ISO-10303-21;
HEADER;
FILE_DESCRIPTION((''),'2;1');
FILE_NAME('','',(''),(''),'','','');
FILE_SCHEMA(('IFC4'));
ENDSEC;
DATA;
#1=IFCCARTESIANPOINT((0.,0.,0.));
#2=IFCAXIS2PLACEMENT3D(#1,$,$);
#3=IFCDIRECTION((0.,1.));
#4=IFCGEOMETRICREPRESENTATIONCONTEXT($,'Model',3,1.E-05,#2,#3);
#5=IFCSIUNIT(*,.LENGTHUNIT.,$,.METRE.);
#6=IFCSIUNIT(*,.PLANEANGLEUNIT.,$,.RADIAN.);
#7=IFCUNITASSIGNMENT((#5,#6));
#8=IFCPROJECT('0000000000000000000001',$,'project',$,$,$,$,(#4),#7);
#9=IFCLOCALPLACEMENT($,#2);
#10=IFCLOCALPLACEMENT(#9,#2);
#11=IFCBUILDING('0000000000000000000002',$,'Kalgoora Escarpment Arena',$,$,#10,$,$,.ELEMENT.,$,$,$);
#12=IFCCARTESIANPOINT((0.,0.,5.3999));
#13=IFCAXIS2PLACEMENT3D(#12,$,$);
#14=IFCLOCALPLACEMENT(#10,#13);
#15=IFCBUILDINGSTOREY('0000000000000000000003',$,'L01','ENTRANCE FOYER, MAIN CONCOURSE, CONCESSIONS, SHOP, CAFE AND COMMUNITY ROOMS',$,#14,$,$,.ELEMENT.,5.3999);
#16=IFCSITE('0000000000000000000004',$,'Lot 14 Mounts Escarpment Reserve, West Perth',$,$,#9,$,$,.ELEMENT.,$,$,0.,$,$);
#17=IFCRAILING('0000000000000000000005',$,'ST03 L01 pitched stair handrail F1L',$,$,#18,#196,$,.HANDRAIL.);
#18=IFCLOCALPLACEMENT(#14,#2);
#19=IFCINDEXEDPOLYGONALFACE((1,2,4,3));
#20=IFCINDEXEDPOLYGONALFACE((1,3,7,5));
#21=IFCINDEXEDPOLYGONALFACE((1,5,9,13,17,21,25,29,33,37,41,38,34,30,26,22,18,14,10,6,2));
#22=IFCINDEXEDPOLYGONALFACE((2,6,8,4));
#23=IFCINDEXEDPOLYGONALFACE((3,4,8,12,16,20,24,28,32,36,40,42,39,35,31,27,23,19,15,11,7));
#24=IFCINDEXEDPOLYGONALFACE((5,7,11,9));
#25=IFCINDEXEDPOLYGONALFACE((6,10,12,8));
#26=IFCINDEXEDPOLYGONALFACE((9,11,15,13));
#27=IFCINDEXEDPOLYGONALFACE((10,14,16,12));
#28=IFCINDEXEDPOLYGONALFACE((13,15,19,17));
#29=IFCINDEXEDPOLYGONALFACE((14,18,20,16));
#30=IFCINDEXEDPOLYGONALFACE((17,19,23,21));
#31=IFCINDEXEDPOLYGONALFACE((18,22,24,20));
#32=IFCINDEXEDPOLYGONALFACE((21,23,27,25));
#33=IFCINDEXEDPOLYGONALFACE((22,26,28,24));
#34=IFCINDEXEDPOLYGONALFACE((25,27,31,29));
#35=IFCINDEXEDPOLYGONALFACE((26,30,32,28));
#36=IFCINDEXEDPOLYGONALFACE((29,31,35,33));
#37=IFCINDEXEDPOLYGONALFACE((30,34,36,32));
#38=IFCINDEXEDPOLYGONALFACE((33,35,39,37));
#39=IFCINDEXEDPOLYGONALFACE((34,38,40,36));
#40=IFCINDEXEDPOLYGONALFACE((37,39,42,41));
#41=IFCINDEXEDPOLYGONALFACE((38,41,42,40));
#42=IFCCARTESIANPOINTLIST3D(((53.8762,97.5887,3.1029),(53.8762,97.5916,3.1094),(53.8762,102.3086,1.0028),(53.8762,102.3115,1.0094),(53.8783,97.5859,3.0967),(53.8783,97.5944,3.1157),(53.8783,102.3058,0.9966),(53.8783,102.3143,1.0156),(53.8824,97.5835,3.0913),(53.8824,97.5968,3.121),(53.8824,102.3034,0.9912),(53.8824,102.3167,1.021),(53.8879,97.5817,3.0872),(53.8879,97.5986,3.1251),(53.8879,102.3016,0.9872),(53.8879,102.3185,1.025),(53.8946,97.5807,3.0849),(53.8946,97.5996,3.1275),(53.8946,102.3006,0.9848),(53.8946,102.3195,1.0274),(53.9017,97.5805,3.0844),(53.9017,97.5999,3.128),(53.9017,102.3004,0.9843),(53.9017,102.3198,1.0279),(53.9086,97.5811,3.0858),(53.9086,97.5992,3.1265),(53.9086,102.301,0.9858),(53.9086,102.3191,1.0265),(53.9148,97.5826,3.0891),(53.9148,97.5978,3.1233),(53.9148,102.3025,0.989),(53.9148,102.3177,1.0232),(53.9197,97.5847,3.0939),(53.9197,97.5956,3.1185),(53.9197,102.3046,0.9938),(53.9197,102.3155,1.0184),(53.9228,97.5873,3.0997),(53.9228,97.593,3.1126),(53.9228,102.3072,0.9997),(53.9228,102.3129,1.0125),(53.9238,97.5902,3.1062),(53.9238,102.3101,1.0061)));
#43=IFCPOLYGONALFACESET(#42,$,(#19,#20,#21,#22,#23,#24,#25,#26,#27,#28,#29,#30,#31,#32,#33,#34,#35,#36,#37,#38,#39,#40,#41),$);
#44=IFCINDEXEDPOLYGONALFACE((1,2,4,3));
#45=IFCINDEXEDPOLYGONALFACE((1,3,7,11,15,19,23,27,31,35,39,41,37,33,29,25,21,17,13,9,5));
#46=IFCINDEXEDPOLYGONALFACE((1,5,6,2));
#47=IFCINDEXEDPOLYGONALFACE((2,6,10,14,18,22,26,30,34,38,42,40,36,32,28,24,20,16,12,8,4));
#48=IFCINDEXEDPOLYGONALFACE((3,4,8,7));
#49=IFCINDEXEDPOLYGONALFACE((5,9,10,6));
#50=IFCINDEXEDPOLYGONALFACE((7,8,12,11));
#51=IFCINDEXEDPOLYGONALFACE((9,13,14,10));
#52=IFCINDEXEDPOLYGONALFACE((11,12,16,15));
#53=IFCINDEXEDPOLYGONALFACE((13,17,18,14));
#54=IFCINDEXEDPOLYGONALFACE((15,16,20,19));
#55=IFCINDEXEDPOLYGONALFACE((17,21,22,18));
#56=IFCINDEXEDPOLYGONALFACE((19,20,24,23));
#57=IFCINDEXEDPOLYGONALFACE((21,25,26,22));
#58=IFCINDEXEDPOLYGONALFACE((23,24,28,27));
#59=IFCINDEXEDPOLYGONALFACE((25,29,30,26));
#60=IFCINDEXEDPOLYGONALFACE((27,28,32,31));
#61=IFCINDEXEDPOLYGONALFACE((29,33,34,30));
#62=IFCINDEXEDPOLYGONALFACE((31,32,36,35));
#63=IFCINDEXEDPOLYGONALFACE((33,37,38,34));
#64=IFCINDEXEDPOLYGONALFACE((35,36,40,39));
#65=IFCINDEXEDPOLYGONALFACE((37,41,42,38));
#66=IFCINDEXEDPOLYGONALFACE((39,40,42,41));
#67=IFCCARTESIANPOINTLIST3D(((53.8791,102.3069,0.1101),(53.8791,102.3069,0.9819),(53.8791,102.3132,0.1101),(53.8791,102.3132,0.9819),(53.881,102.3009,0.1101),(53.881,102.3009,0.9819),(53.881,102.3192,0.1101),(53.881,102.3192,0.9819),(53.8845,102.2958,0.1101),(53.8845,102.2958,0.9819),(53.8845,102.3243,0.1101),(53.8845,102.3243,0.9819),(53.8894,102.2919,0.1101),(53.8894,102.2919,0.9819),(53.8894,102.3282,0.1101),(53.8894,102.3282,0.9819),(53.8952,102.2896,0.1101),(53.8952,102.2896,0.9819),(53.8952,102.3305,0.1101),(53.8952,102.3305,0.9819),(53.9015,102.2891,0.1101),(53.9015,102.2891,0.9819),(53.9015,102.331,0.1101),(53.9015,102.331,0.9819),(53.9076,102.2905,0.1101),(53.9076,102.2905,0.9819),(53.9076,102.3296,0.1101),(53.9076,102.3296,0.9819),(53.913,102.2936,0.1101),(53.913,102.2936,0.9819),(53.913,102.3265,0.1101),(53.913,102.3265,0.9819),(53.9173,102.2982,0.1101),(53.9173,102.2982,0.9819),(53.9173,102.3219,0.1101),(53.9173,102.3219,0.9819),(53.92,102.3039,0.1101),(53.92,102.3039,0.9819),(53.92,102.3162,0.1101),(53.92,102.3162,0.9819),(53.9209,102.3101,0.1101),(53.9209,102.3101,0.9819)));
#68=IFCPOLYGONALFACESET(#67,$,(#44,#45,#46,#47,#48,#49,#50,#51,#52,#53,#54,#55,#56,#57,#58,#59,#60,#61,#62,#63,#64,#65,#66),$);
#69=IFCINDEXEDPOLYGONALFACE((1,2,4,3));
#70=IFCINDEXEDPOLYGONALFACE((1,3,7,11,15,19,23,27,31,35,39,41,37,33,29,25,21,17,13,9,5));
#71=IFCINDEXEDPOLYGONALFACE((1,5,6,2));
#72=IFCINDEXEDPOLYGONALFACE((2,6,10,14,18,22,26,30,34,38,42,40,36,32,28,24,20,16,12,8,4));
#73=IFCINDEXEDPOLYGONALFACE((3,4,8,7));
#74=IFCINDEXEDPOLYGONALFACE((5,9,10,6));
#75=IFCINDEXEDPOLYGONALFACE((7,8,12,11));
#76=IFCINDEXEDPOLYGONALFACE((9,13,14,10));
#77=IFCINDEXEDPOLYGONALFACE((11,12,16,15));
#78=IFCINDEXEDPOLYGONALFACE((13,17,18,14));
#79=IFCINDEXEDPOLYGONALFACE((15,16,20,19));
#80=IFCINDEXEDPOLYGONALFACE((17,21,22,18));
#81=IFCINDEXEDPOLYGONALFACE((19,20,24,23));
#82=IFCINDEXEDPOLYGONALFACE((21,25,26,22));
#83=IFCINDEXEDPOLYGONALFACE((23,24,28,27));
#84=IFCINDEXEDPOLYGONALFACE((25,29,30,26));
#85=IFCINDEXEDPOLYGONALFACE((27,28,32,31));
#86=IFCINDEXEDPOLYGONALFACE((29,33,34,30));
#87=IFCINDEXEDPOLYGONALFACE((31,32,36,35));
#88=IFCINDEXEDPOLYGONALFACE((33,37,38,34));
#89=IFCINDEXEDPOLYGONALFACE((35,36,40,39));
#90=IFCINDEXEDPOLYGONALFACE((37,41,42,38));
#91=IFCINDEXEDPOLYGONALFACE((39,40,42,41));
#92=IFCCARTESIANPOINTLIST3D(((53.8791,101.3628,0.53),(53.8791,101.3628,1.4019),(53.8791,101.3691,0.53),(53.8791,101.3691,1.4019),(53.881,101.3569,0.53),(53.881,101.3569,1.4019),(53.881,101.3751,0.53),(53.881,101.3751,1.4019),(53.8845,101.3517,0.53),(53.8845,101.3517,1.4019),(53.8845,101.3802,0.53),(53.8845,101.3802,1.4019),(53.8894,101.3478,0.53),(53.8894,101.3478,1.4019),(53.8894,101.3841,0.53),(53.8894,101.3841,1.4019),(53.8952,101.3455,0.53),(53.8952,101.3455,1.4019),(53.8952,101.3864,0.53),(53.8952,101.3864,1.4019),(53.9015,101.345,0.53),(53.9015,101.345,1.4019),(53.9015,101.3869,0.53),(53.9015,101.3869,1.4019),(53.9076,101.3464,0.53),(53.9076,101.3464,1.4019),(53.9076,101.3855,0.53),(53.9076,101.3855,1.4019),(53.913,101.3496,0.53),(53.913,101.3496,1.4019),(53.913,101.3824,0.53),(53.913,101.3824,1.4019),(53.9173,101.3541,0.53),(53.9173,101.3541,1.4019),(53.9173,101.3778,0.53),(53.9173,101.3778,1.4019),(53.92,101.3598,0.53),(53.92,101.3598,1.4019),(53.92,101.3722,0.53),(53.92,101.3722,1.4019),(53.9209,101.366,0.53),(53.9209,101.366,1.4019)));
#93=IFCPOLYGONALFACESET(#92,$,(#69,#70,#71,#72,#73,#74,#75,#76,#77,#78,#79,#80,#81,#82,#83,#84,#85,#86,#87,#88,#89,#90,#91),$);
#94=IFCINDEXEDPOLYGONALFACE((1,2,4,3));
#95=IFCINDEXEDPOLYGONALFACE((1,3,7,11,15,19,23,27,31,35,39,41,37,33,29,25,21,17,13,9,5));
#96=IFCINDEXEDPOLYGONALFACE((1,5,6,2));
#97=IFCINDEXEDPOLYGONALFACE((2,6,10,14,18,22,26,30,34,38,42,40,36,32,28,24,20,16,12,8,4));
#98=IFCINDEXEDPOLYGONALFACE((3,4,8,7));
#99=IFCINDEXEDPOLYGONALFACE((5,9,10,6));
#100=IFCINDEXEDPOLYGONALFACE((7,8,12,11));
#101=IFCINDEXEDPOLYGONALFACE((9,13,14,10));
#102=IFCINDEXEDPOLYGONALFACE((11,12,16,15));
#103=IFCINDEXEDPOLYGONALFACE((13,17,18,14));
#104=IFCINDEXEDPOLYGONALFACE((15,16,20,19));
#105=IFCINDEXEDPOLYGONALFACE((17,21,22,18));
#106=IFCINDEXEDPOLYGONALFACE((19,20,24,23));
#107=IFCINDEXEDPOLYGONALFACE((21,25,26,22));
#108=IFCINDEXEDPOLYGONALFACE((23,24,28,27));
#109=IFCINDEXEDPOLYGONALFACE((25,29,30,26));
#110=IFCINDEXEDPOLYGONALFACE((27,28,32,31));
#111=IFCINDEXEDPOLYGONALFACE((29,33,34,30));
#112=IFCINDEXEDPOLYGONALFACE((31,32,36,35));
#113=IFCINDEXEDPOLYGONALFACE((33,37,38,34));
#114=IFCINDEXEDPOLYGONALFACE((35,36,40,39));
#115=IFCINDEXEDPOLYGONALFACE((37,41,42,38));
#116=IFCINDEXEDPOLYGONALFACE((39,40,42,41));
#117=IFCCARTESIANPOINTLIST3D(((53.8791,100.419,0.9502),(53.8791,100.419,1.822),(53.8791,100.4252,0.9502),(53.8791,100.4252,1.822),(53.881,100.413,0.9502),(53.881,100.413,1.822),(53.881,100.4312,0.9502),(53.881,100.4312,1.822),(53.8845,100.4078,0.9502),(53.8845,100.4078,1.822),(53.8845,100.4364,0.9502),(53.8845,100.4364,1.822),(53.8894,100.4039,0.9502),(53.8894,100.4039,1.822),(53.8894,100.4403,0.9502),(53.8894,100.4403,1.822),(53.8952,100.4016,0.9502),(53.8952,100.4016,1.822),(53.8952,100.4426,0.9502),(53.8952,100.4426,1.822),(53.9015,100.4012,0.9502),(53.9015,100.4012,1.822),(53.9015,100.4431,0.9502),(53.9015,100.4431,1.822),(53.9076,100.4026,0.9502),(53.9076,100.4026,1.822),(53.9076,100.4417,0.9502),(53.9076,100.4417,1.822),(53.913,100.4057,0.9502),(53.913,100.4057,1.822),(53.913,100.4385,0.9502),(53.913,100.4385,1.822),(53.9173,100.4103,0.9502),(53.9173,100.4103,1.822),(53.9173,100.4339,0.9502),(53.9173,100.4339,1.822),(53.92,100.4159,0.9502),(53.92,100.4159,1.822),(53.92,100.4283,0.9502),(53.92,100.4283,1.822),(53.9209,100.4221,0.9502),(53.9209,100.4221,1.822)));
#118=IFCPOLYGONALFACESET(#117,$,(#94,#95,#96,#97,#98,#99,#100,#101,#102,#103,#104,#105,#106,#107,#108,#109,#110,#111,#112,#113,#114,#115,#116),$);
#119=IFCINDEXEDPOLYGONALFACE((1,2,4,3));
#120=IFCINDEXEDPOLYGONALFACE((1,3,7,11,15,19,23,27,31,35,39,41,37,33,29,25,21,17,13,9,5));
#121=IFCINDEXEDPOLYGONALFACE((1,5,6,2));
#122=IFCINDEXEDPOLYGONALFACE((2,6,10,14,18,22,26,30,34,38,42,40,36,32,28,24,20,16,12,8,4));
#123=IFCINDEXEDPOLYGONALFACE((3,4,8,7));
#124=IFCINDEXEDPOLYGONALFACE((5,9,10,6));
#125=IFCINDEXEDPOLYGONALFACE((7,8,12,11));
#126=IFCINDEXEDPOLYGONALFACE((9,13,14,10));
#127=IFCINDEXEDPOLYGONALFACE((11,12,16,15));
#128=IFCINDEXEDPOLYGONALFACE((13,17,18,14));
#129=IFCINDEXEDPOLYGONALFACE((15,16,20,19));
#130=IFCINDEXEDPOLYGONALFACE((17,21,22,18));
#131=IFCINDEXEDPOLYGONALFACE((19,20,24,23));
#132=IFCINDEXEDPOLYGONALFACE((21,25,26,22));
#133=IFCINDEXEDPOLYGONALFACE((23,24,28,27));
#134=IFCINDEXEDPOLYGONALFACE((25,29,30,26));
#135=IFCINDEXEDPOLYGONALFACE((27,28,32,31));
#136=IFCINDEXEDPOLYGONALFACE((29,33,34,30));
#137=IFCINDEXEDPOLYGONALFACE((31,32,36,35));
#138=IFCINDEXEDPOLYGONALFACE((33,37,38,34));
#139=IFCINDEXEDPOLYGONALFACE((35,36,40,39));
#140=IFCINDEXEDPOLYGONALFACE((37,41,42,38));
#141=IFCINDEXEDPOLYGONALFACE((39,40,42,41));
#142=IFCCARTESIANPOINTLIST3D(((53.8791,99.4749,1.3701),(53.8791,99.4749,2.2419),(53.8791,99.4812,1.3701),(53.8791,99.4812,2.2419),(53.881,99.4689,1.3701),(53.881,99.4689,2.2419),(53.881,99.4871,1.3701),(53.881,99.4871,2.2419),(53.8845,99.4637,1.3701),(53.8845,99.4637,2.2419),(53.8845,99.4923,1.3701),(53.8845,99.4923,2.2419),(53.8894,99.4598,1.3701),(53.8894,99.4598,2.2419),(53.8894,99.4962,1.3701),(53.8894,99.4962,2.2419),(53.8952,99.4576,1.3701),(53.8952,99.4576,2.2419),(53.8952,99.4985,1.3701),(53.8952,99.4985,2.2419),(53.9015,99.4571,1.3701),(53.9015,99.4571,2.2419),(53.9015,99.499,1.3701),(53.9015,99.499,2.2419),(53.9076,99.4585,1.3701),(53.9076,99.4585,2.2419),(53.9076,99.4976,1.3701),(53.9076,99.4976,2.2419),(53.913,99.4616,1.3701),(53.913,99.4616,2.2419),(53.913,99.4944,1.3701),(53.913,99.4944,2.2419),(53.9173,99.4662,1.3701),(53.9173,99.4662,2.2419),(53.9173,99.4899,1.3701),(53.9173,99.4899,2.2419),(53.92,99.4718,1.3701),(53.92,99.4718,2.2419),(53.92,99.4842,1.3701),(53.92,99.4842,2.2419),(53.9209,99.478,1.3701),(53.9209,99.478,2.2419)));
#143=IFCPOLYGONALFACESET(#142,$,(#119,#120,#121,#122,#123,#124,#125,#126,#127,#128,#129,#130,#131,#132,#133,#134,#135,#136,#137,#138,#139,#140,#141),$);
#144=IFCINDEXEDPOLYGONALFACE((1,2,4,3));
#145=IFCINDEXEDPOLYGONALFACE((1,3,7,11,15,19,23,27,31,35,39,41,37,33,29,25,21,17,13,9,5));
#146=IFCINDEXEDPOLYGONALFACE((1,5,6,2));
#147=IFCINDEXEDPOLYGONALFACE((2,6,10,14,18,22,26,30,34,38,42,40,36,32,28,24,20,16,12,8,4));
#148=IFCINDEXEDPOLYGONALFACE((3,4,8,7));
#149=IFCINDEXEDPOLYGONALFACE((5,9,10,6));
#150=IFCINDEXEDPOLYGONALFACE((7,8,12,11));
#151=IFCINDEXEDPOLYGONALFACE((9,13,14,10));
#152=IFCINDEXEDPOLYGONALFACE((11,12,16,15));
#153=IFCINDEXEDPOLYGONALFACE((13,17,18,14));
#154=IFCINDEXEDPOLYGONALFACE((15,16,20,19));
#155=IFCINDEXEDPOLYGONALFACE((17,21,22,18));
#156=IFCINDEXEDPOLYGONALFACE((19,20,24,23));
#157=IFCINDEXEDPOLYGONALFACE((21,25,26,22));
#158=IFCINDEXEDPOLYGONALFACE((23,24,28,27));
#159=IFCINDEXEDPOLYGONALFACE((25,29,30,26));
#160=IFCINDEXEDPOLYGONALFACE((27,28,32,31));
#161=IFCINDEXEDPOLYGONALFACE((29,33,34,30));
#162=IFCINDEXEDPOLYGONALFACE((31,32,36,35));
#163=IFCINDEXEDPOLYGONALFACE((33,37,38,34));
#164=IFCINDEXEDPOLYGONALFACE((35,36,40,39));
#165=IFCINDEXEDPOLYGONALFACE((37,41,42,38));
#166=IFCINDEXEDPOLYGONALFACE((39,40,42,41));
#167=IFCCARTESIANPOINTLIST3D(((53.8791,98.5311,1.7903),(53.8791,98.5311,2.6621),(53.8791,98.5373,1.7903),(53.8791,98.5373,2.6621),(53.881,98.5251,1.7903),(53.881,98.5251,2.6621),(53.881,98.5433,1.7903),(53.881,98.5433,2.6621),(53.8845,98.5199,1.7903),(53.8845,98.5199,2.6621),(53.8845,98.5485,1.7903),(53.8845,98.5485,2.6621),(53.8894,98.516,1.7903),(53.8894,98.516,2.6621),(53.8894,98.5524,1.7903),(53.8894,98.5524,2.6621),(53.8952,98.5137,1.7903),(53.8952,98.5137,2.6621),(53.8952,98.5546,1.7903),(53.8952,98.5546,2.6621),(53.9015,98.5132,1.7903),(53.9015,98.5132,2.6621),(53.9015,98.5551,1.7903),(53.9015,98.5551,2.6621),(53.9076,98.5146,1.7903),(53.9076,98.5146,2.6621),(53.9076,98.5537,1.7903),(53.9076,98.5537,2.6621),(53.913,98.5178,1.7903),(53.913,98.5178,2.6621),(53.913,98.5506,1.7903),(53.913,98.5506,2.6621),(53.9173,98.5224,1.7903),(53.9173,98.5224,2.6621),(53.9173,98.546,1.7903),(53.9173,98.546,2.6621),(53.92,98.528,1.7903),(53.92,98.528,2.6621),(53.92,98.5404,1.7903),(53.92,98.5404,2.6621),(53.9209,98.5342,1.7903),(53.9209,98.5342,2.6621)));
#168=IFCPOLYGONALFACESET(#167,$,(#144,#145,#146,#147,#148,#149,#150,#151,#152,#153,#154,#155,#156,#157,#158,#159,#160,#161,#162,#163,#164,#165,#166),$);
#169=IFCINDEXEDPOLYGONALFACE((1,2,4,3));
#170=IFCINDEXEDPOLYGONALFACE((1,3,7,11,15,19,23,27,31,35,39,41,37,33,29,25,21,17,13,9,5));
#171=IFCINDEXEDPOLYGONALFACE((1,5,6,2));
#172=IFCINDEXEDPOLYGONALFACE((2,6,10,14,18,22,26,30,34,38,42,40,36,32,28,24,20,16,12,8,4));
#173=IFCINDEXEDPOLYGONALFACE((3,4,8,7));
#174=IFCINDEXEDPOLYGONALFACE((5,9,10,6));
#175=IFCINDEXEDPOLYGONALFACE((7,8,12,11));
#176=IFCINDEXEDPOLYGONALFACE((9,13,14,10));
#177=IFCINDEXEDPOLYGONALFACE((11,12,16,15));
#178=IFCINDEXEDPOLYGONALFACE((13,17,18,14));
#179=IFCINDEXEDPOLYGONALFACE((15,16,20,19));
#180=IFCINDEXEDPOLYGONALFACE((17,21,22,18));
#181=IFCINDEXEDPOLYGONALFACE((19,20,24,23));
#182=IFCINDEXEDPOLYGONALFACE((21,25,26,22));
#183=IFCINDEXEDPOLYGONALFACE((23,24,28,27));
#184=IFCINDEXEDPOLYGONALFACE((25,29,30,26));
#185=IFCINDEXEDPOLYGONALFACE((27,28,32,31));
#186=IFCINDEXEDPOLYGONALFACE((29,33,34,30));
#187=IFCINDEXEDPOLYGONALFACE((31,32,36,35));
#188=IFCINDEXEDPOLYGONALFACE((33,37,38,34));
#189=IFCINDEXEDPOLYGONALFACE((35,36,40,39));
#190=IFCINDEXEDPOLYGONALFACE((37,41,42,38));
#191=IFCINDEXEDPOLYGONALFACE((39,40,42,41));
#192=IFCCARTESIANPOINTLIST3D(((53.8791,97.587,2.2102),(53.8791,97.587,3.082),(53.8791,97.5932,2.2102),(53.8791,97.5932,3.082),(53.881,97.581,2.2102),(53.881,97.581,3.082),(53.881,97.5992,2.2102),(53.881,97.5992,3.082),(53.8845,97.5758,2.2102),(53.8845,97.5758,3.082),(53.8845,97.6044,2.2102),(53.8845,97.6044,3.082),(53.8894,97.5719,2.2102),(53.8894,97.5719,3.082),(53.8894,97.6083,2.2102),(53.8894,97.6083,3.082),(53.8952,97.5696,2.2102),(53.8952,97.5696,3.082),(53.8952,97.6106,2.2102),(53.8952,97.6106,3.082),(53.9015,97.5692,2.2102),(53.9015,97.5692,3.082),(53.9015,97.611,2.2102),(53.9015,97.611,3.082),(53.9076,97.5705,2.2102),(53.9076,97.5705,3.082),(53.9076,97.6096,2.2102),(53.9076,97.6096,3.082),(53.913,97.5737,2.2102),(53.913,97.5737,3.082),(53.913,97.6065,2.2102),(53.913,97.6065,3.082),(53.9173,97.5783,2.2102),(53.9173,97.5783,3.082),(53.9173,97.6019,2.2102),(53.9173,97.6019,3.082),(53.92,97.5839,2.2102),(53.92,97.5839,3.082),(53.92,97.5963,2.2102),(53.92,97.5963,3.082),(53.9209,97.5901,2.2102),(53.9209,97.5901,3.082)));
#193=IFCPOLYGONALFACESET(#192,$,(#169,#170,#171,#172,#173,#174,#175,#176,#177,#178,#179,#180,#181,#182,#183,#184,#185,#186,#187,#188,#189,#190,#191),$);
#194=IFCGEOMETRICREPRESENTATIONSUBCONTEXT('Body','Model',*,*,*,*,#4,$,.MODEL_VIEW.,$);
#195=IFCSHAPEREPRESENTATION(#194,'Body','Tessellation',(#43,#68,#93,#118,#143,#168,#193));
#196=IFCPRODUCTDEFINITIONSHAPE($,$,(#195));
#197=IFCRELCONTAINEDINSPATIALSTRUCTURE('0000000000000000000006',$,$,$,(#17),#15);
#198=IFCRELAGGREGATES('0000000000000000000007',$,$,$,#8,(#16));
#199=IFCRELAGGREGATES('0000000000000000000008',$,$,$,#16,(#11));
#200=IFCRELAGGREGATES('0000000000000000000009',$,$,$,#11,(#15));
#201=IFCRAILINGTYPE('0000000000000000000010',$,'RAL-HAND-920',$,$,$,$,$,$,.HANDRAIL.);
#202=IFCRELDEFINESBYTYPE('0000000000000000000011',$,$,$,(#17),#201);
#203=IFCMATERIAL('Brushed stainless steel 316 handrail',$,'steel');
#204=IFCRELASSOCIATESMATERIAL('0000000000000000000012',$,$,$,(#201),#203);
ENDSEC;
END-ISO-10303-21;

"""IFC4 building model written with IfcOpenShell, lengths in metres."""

from ifc_helpers import new_model, si_unit, direction, frame, origin, origin_2d, place, context, subcontext, project, spatial, circle, extrude, material, type_object, element, save


model = new_model("IFC4")

# Units and contexts
model_context = context("Model", 3, precision=1e-05, world=origin(), true_north=direction((0.0, 1.0)))
body_context = subcontext(model_context, "Body", "Model", "MODEL_VIEW")
ifc_project = project(units=[si_unit("LENGTHUNIT", "METRE"), si_unit("PLANEANGLEUNIT", "RADIAN")], contexts=[model_context])

# Site, building, storey
site_placement = place(None, origin())
site = spatial("IfcSite", under=ifc_project, at=site_placement, Name="Lot 14 Mounts Escarpment Reserve, West Perth", CompositionType="ELEMENT", RefElevation=0.0)
building_placement = place(site_placement, origin())
building = spatial("IfcBuilding", under=site, at=building_placement, Name="Kalgoora Escarpment Arena", CompositionType="ELEMENT")
storey_placement = place(building_placement, frame((0.0, 0.0, 5.3999)))
storey = spatial("IfcBuildingStorey", under=building, at=storey_placement, Name="L01", Description="ENTRANCE FOYER, MAIN CONCOURSE, CONCESSIONS, SHOP, CAFE AND COMMUNITY ROOMS", CompositionType="ELEMENT", Elevation=5.3999)

# Railing
ifc_material_1 = material(Name="Brushed stainless steel 316 handrail", Category="steel")
railing_type_1 = type_object("IfcRailingType", Name="RAL-HAND-920", PredefinedType="HANDRAIL", material=ifc_material_1)
for number, where, name in (
    (1, (53.8999, 102.3101, 0.1101), "ST03 L01 pitched stair handrail F1L"),
):
    element("IfcRailing", number, at=place(storey_placement, frame(where)), inside=storey, type_object=railing_type_1, Name=name, PredefinedType="HANDRAIL", context=body_context, shape_type="SweptSolid", body=[
        extrude(circle(Radius=0.0239, at=origin_2d()), frame((0.0, 0.0, 0.896), z_axis=(0.0, -0.913644, 0.406516), x_axis=(1.0, 0.0, 0.0)), (0.0, 0.0, 1.0), 5.166),
        extrude(circle(Radius=0.021, at=origin_2d()), origin(), (0.0, 0.0, 1.0), 0.8718),
        extrude(circle(Radius=0.021, at=origin_2d()), frame((0.0, -0.9441, 0.4199)), (0.0, 0.0, 1.0), 0.8718),
        extrude(circle(Radius=0.021, at=origin_2d()), frame((0.0, -1.8879, 0.8401)), (0.0, 0.0, 1.0), 0.8718),
        extrude(circle(Radius=0.021, at=origin_2d()), frame((0.0, -2.832, 1.26)), (0.0, 0.0, 1.0), 0.8718),
        extrude(circle(Radius=0.021, at=origin_2d()), frame((0.0, -3.7759, 1.6802)), (0.0, 0.0, 1.0), 0.8718),
        extrude(circle(Radius=0.021, at=origin_2d()), frame((0.0, -4.72, 2.1001)), (0.0, 0.0, 1.0), 0.8718),
    ])

save(model, "model.ifc")
